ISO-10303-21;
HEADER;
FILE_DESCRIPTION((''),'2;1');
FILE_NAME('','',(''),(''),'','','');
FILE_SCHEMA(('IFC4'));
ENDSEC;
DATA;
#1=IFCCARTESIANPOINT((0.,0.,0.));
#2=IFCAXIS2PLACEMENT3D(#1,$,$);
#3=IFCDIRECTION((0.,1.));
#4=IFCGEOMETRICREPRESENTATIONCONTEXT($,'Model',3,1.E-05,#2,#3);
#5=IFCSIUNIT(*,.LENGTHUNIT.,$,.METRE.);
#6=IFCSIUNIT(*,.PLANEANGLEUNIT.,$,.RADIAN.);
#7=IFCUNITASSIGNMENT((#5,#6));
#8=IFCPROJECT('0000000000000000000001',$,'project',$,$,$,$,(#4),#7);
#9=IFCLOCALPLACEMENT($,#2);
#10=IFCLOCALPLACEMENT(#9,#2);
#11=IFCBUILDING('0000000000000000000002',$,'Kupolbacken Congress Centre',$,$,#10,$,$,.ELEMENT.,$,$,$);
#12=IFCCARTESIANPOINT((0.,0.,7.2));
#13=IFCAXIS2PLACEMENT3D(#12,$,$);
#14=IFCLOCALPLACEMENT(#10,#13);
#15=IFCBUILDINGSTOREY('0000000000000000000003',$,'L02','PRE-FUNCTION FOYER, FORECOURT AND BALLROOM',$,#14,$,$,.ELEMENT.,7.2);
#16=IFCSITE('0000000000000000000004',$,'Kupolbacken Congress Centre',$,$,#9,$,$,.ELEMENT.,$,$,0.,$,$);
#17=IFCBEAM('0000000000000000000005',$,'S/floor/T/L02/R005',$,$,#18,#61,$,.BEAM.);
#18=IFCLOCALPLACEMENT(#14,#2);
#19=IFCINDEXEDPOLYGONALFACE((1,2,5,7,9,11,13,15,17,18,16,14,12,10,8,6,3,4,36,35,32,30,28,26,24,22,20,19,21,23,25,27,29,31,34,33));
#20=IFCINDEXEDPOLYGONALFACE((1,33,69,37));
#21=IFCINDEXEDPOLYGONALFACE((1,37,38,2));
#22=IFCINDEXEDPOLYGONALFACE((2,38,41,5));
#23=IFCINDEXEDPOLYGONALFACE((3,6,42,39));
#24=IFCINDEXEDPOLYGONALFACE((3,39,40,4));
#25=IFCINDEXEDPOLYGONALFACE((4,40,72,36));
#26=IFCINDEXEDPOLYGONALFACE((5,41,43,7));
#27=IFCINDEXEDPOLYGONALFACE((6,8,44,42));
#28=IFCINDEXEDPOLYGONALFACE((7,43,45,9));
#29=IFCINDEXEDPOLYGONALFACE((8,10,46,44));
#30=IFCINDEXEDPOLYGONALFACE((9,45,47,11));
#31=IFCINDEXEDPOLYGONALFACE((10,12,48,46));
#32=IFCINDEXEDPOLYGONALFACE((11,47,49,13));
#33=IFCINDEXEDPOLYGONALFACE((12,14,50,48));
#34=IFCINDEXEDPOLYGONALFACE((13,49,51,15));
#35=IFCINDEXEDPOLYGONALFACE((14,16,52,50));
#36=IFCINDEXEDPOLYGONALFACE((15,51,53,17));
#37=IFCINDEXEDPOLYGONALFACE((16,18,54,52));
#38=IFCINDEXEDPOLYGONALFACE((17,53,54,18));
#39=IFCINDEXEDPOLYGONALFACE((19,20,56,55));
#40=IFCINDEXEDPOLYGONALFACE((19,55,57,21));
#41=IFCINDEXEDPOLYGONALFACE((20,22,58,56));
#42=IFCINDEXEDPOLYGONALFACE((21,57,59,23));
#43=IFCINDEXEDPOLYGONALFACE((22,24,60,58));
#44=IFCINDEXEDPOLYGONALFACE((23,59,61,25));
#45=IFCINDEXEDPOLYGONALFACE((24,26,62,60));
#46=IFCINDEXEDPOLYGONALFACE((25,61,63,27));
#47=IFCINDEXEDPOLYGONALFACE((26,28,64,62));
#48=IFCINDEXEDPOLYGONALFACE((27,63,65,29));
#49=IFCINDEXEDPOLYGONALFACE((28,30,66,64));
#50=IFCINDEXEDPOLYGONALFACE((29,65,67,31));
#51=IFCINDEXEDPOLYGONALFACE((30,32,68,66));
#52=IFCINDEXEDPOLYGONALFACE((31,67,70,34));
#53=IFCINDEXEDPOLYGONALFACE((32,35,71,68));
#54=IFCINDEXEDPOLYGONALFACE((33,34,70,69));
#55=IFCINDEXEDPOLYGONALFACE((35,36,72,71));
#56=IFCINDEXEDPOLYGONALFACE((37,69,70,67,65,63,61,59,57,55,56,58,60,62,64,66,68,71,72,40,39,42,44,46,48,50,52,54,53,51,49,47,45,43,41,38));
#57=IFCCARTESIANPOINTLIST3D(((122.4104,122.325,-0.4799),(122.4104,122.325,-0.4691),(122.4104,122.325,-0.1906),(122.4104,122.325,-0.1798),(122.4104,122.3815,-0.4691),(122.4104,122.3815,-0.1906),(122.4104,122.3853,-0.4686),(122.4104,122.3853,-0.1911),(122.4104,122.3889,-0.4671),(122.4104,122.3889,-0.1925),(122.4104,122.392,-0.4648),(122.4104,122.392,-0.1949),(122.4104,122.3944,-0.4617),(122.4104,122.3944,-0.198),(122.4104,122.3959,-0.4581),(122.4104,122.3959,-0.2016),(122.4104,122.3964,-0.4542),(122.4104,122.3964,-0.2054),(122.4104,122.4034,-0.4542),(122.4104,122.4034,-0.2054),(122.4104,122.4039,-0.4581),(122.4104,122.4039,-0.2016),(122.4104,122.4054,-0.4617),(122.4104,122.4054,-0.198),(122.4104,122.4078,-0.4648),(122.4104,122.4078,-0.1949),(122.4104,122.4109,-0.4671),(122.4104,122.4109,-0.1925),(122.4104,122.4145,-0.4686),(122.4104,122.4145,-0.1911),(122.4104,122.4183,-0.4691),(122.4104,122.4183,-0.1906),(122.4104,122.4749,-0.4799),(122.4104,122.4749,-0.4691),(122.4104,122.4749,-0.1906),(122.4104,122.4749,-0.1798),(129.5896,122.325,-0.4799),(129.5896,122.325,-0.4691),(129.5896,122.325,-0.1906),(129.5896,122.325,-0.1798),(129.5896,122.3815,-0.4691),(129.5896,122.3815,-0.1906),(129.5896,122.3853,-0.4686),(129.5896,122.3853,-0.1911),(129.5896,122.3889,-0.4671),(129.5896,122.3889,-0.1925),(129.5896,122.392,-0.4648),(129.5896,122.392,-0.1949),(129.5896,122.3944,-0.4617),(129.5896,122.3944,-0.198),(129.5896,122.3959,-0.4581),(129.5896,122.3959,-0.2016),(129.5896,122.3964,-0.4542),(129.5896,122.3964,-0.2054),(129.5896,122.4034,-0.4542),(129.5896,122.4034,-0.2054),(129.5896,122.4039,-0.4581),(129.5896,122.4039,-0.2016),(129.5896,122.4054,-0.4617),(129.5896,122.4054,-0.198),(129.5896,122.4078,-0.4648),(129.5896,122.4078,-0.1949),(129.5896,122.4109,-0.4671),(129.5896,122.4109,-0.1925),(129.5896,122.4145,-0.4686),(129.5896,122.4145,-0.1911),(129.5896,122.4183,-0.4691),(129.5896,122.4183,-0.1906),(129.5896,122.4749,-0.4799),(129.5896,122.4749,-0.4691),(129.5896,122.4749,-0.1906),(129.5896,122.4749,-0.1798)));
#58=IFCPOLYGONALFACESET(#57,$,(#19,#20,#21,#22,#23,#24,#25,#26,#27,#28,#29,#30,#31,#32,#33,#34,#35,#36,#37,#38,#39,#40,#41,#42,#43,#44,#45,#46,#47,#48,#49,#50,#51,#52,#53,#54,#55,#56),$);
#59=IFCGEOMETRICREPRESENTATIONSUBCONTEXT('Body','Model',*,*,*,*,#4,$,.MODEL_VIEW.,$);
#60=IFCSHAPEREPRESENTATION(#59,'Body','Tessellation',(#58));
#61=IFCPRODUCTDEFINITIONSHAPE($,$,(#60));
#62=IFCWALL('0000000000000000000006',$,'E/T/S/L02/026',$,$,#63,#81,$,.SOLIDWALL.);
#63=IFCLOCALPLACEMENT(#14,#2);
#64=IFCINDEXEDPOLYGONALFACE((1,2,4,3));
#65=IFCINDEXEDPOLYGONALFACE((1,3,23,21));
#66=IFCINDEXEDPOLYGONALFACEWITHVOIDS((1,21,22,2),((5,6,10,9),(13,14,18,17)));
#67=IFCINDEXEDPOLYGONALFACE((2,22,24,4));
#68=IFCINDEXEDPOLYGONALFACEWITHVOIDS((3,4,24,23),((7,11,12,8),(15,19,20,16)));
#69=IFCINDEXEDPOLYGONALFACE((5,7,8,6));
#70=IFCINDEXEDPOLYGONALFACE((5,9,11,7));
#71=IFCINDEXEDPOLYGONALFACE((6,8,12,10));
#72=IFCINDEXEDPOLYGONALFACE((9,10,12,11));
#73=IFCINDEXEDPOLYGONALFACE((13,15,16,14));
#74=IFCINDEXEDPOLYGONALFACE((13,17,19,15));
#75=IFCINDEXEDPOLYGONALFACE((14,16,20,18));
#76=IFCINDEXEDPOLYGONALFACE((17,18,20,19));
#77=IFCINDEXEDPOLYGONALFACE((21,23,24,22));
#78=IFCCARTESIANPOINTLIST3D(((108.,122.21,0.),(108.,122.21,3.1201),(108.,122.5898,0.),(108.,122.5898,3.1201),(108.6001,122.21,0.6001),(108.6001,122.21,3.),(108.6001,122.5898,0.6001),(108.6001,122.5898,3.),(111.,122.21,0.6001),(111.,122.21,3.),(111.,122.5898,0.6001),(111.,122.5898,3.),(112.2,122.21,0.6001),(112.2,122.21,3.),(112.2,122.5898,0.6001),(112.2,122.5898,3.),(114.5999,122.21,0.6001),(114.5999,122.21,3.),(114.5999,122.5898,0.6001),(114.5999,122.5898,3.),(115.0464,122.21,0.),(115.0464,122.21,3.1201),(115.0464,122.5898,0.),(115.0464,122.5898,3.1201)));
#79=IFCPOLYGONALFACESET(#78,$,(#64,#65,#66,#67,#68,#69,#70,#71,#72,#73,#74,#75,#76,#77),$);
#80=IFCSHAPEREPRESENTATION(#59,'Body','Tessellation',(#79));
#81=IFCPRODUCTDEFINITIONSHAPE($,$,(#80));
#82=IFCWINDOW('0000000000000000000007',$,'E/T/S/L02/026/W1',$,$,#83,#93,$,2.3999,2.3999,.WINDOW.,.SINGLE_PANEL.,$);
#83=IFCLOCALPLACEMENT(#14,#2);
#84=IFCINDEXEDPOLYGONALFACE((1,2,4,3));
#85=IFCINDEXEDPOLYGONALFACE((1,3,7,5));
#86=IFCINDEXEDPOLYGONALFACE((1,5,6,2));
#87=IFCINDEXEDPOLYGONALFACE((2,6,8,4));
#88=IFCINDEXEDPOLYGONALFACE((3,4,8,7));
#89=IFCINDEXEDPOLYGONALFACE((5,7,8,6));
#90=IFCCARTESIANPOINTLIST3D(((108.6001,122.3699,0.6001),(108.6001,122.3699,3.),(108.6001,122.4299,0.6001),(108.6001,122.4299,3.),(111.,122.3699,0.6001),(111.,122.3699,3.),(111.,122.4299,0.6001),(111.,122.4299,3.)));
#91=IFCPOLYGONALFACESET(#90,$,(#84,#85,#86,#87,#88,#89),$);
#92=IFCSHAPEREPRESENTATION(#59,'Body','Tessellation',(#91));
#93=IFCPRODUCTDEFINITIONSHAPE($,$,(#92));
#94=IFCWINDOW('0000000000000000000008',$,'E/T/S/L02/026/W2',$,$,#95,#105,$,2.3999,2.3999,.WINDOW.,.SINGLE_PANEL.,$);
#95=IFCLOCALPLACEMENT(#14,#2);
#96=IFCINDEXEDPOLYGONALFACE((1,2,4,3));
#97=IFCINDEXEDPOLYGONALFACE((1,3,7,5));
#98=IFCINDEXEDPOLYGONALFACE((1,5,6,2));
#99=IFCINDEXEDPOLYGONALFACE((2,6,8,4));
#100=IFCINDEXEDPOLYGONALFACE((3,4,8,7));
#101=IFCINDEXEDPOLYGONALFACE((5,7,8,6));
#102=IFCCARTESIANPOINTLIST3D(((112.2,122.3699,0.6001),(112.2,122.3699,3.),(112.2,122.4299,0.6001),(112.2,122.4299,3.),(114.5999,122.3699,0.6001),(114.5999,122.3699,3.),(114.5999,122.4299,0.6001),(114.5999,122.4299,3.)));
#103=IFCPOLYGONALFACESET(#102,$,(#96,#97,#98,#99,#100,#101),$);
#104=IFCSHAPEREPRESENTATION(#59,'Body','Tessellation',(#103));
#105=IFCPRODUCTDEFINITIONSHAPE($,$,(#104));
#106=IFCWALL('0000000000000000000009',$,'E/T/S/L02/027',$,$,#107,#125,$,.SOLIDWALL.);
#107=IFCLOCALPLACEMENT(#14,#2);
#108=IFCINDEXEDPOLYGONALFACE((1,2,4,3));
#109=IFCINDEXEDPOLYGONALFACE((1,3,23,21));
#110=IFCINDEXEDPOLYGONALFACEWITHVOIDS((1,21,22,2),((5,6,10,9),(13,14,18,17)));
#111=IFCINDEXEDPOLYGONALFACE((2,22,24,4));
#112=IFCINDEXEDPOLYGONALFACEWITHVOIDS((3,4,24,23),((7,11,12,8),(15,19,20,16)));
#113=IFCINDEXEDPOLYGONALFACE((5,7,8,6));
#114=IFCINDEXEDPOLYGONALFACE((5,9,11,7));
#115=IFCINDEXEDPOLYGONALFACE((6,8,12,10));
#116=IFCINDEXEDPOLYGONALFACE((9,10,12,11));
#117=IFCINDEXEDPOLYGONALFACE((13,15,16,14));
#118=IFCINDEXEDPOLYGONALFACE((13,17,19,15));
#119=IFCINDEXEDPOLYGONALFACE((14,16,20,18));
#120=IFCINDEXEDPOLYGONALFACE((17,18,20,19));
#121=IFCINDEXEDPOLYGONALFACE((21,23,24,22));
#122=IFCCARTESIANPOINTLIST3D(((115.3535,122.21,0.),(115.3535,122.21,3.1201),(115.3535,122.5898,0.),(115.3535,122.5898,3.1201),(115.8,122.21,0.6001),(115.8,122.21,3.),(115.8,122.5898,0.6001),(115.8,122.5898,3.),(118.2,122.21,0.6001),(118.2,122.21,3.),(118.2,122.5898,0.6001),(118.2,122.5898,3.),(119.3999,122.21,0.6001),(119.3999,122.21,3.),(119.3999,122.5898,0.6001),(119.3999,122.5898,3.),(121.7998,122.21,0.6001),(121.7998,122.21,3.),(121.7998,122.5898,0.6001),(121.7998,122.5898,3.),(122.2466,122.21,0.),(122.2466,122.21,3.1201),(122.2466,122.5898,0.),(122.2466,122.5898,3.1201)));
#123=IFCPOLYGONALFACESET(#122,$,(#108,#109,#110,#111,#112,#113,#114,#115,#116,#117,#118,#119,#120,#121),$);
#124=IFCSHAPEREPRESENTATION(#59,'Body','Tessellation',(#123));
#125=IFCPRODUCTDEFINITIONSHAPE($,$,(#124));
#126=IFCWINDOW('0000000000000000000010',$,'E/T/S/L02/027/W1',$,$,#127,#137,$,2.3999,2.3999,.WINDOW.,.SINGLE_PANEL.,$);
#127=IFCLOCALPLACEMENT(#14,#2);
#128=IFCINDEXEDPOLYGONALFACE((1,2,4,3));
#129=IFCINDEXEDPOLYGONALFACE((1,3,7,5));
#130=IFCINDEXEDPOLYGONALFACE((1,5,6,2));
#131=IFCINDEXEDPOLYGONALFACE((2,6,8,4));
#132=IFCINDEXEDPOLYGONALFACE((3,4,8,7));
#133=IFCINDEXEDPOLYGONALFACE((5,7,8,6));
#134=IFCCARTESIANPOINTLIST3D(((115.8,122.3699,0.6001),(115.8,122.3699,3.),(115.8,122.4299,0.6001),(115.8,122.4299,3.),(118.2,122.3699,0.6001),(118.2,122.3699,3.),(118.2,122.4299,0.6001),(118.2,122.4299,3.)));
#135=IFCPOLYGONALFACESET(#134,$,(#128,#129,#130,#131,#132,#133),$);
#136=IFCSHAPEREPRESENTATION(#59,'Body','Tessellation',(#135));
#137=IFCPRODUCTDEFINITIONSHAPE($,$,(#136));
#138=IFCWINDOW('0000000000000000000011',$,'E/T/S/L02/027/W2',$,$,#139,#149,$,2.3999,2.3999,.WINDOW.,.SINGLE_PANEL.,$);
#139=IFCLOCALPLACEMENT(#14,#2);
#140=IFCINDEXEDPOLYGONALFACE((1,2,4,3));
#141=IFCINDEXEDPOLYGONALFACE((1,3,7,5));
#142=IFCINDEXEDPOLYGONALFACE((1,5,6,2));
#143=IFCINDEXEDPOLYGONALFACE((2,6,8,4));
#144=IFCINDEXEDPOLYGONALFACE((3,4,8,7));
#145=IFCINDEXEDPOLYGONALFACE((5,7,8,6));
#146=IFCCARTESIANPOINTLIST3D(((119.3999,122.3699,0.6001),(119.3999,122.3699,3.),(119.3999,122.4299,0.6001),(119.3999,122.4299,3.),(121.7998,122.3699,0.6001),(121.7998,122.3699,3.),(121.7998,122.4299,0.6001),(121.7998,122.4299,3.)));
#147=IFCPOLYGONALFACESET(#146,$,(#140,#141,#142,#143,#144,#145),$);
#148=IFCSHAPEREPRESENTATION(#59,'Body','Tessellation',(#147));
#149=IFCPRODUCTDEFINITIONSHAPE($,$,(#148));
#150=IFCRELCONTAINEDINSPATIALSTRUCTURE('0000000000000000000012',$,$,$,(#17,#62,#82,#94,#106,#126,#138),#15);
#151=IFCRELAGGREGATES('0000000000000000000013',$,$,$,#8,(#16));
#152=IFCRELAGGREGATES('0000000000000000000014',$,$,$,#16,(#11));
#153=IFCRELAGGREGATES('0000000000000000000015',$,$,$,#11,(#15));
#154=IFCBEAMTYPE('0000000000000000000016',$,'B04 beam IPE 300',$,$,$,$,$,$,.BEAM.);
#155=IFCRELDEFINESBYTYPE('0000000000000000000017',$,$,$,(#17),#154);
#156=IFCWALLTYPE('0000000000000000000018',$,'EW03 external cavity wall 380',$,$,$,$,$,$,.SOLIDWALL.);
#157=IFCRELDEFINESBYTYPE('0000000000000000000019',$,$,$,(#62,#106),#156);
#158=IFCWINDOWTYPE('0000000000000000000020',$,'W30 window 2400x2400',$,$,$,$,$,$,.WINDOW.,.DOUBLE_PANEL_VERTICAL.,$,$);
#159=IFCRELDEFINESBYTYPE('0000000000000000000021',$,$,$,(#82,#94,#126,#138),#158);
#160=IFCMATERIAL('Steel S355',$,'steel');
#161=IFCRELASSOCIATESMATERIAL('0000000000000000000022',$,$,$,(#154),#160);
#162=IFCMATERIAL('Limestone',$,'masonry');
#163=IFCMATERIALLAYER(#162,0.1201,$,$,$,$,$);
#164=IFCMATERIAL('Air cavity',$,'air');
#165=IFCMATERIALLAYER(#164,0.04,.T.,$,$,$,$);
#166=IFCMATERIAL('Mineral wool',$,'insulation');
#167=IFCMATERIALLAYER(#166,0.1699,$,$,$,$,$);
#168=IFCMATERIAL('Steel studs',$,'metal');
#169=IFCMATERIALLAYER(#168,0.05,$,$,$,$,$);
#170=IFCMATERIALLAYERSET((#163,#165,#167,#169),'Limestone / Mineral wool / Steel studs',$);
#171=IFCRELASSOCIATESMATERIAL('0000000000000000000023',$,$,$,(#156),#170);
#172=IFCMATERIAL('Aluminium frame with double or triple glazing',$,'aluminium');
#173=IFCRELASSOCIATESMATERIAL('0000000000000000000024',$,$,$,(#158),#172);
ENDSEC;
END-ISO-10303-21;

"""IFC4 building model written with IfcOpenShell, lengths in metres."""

from ifc_helpers import new_model, si_unit, direction, frame, frame_2d, origin, origin_2d, place, context, subcontext, project, spatial, rectangle, i_section, extrude, material, layer, layer_set, material_profile, profile_set, type_object, element, fill, save


model = new_model("IFC4")

# Units and contexts
model_context = context("Model", 3, precision=1e-05, world=origin(), true_north=direction((0.0, 1.0)))
body_context = subcontext(model_context, "Body", "Model", "MODEL_VIEW")
ifc_project = project(units=[si_unit("LENGTHUNIT", "METRE"), si_unit("PLANEANGLEUNIT", "RADIAN")], contexts=[model_context])

# Site, building, storey
site_placement = place(None, origin())
site = spatial("IfcSite", under=ifc_project, at=site_placement, Name="Kupolbacken Congress Centre", CompositionType="ELEMENT", RefElevation=0.0)
building_placement = place(site_placement, origin())
building = spatial("IfcBuilding", under=site, at=building_placement, Name="Kupolbacken Congress Centre", CompositionType="ELEMENT")
storey_placement = place(building_placement, frame((0.0, 0.0, 7.2)))
storey = spatial("IfcBuildingStorey", under=building, at=storey_placement, Name="L02", Description="PRE-FUNCTION FOYER, FORECOURT AND BALLROOM", CompositionType="ELEMENT", Elevation=7.2)

# Beam
ifc_material_1 = material(Name="Steel S355", Category="steel")
ifc_material_profile_1 = material_profile(ifc_material_1, i_section(OverallWidth=0.1499, OverallDepth=0.3, WebThickness=0.0071, FlangeThickness=0.0107, FilletRadius=0.0149, at=origin_2d()), Name="IPE 300")
ifc_profile_set_1 = profile_set([ifc_material_profile_1], Name="Steel S355")
beam_type = type_object("IfcBeamType", Name="B04 beam IPE 300", PredefinedType="BEAM", material=ifc_profile_set_1)
beam_1_placement = place(storey_placement, frame((122.4104, 122.3999, -0.3298), z_axis=(1.0, 0.0, 0.0), x_axis=(0.0, 1.0, 0.0)))
element("IfcBeam", 1, at=beam_1_placement, inside=storey, type_object=beam_type, Name="S/floor/T/L02/R005", PredefinedType="BEAM", context=body_context, shape_type="SweptSolid", body=[
    extrude(i_section(OverallWidth=0.1499, OverallDepth=0.3, WebThickness=0.0071, FlangeThickness=0.0107, FilletRadius=0.0149, at=origin_2d()), origin(), (0.0, 0.0, 1.0), 7.1792),
])

# Walls, openings, windows
ifc_material_2 = material(Name="Limestone", Category="masonry")
ifc_layer_1 = layer(ifc_material_2, 0.1201)
ifc_material_3 = material(Name="Air cavity", Category="air")
ifc_layer_2 = layer(ifc_material_3, 0.04, ventilated=True)
ifc_material_4 = material(Name="Mineral wool", Category="insulation")
ifc_layer_3 = layer(ifc_material_4, 0.1699)
ifc_material_5 = material(Name="Steel studs", Category="metal")
ifc_layer_4 = layer(ifc_material_5, 0.05)
ifc_layer_set_1 = layer_set([ifc_layer_1, ifc_layer_2, ifc_layer_3, ifc_layer_4], Name="Limestone / Mineral wool / Steel studs")
wall_type_1 = type_object("IfcWallType", Name="EW03 external cavity wall 380", PredefinedType="SOLIDWALL", material=ifc_layer_set_1)
wall_1_placement = place(storey_placement, frame((108.0, 122.3999, 0.0), z_axis=(0.0, 0.0, 1.0), x_axis=(1.0, 0.0, 0.0)))
wall_1 = element("IfcWall", 2, at=wall_1_placement, inside=storey, type_object=wall_type_1, Name="E/T/S/L02/026", PredefinedType="SOLIDWALL", context=body_context, shape_type="SweptSolid", body=[
    extrude(rectangle(XDim=7.0464, YDim=0.3799, at=frame_2d((3.5232, 0.0))), origin(), (0.0, 0.0, 1.0), 3.1201),
])
opening_1_placement = place(wall_1_placement, frame((0.6001, 0.0, 0.6001)))
opening_1 = element("IfcOpeningElement", 3, at=opening_1_placement, cuts=wall_1, PredefinedType="OPENING", context=body_context, shape_type="SweptSolid", body=[
    extrude(rectangle(XDim=2.3999, YDim=2.3999, at=frame_2d((1.2, 1.2))), frame((0.0, 0.2, 0.0), z_axis=(0.0, -1.0, 0.0), x_axis=(1.0, 0.0, 0.0)), (0.0, 0.0, 1.0), 0.3999),
])
opening_2_placement = place(wall_1_placement, frame((4.2, 0.0, 0.6001)))
opening_2 = element("IfcOpeningElement", 4, at=opening_2_placement, cuts=wall_1, PredefinedType="OPENING", context=body_context, shape_type="SweptSolid", body=[
    extrude(rectangle(XDim=2.3999, YDim=2.3999, at=frame_2d((1.2, 1.2))), frame((0.0, 0.2, 0.0), z_axis=(0.0, -1.0, 0.0), x_axis=(1.0, 0.0, 0.0)), (0.0, 0.0, 1.0), 0.3999),
])
ifc_material_6 = material(Name="Aluminium frame with double or triple glazing", Category="aluminium")
window_type = type_object("IfcWindowType", Name="W30 window 2400x2400", PartitioningType="DOUBLE_PANEL_VERTICAL", PredefinedType="WINDOW", material=ifc_material_6)
window_1_placement = place(opening_1_placement, origin())
window_1 = element("IfcWindow", 5, at=window_1_placement, inside=storey, type_object=window_type, Name="E/T/S/L02/026/W1", OverallHeight=2.3999, OverallWidth=2.3999, PartitioningType="SINGLE_PANEL", PredefinedType="WINDOW", context=body_context, shape_type="SweptSolid", body=[
    extrude(rectangle(XDim=2.3999, YDim=2.3999, at=frame_2d((1.2, 1.2))), frame((0.0, 0.03, 0.0), z_axis=(0.0, -1.0, 0.0), x_axis=(1.0, 0.0, 0.0)), (0.0, 0.0, 1.0), 0.0601),
])
fill(opening_1, window_1)
window_2_placement = place(opening_2_placement, origin())
window_2 = element("IfcWindow", 6, at=window_2_placement, inside=storey, type_object=window_type, Name="E/T/S/L02/026/W2", OverallHeight=2.3999, OverallWidth=2.3999, PartitioningType="SINGLE_PANEL", PredefinedType="WINDOW", context=body_context, shape_type="SweptSolid", body=[
    extrude(rectangle(XDim=2.3999, YDim=2.3999, at=frame_2d((1.2, 1.2))), frame((0.0, 0.03, 0.0), z_axis=(0.0, -1.0, 0.0), x_axis=(1.0, 0.0, 0.0)), (0.0, 0.0, 1.0), 0.0601),
])
fill(opening_2, window_2)
wall_2_placement = place(storey_placement, frame((115.3535, 122.3999, 0.0), z_axis=(0.0, 0.0, 1.0), x_axis=(1.0, 0.0, 0.0)))
wall_2 = element("IfcWall", 7, at=wall_2_placement, inside=storey, type_object=wall_type_1, Name="E/T/S/L02/027", PredefinedType="SOLIDWALL", context=body_context, shape_type="SweptSolid", body=[
    extrude(rectangle(XDim=6.8931, YDim=0.3799, at=frame_2d((3.4465, 0.0))), origin(), (0.0, 0.0, 1.0), 3.1201),
])
opening_3_placement = place(wall_2_placement, frame((0.4465, 0.0, 0.6001)))
opening_3 = element("IfcOpeningElement", 8, at=opening_3_placement, cuts=wall_2, PredefinedType="OPENING", context=body_context, shape_type="SweptSolid", body=[
    extrude(rectangle(XDim=2.3999, YDim=2.3999, at=frame_2d((1.2, 1.2))), frame((0.0, 0.2, 0.0), z_axis=(0.0, -1.0, 0.0), x_axis=(1.0, 0.0, 0.0)), (0.0, 0.0, 1.0), 0.3999),
])
opening_4_placement = place(wall_2_placement, frame((4.0464, 0.0, 0.6001)))
opening_4 = element("IfcOpeningElement", 9, at=opening_4_placement, cuts=wall_2, PredefinedType="OPENING", context=body_context, shape_type="SweptSolid", body=[
    extrude(rectangle(XDim=2.3999, YDim=2.3999, at=frame_2d((1.2, 1.2))), frame((0.0, 0.2, 0.0), z_axis=(0.0, -1.0, 0.0), x_axis=(1.0, 0.0, 0.0)), (0.0, 0.0, 1.0), 0.3999),
])
window_3_placement = place(opening_3_placement, origin())
window_3 = element("IfcWindow", 10, at=window_3_placement, inside=storey, type_object=window_type, Name="E/T/S/L02/027/W1", OverallHeight=2.3999, OverallWidth=2.3999, PartitioningType="SINGLE_PANEL", PredefinedType="WINDOW", context=body_context, shape_type="SweptSolid", body=[
    extrude(rectangle(XDim=2.3999, YDim=2.3999, at=frame_2d((1.2, 1.2))), frame((0.0, 0.03, 0.0), z_axis=(0.0, -1.0, 0.0), x_axis=(1.0, 0.0, 0.0)), (0.0, 0.0, 1.0), 0.0601),
])
fill(opening_3, window_3)
window_4_placement = place(opening_4_placement, origin())
window_4 = element("IfcWindow", 11, at=window_4_placement, inside=storey, type_object=window_type, Name="E/T/S/L02/027/W2", OverallHeight=2.3999, OverallWidth=2.3999, PartitioningType="SINGLE_PANEL", PredefinedType="WINDOW", context=body_context, shape_type="SweptSolid", body=[
    extrude(rectangle(XDim=2.3999, YDim=2.3999, at=frame_2d((1.2, 1.2))), frame((0.0, 0.03, 0.0), z_axis=(0.0, -1.0, 0.0), x_axis=(1.0, 0.0, 0.0)), (0.0, 0.0, 1.0), 0.0601),
])
fill(opening_4, window_4)

save(model, "model.ifc")
